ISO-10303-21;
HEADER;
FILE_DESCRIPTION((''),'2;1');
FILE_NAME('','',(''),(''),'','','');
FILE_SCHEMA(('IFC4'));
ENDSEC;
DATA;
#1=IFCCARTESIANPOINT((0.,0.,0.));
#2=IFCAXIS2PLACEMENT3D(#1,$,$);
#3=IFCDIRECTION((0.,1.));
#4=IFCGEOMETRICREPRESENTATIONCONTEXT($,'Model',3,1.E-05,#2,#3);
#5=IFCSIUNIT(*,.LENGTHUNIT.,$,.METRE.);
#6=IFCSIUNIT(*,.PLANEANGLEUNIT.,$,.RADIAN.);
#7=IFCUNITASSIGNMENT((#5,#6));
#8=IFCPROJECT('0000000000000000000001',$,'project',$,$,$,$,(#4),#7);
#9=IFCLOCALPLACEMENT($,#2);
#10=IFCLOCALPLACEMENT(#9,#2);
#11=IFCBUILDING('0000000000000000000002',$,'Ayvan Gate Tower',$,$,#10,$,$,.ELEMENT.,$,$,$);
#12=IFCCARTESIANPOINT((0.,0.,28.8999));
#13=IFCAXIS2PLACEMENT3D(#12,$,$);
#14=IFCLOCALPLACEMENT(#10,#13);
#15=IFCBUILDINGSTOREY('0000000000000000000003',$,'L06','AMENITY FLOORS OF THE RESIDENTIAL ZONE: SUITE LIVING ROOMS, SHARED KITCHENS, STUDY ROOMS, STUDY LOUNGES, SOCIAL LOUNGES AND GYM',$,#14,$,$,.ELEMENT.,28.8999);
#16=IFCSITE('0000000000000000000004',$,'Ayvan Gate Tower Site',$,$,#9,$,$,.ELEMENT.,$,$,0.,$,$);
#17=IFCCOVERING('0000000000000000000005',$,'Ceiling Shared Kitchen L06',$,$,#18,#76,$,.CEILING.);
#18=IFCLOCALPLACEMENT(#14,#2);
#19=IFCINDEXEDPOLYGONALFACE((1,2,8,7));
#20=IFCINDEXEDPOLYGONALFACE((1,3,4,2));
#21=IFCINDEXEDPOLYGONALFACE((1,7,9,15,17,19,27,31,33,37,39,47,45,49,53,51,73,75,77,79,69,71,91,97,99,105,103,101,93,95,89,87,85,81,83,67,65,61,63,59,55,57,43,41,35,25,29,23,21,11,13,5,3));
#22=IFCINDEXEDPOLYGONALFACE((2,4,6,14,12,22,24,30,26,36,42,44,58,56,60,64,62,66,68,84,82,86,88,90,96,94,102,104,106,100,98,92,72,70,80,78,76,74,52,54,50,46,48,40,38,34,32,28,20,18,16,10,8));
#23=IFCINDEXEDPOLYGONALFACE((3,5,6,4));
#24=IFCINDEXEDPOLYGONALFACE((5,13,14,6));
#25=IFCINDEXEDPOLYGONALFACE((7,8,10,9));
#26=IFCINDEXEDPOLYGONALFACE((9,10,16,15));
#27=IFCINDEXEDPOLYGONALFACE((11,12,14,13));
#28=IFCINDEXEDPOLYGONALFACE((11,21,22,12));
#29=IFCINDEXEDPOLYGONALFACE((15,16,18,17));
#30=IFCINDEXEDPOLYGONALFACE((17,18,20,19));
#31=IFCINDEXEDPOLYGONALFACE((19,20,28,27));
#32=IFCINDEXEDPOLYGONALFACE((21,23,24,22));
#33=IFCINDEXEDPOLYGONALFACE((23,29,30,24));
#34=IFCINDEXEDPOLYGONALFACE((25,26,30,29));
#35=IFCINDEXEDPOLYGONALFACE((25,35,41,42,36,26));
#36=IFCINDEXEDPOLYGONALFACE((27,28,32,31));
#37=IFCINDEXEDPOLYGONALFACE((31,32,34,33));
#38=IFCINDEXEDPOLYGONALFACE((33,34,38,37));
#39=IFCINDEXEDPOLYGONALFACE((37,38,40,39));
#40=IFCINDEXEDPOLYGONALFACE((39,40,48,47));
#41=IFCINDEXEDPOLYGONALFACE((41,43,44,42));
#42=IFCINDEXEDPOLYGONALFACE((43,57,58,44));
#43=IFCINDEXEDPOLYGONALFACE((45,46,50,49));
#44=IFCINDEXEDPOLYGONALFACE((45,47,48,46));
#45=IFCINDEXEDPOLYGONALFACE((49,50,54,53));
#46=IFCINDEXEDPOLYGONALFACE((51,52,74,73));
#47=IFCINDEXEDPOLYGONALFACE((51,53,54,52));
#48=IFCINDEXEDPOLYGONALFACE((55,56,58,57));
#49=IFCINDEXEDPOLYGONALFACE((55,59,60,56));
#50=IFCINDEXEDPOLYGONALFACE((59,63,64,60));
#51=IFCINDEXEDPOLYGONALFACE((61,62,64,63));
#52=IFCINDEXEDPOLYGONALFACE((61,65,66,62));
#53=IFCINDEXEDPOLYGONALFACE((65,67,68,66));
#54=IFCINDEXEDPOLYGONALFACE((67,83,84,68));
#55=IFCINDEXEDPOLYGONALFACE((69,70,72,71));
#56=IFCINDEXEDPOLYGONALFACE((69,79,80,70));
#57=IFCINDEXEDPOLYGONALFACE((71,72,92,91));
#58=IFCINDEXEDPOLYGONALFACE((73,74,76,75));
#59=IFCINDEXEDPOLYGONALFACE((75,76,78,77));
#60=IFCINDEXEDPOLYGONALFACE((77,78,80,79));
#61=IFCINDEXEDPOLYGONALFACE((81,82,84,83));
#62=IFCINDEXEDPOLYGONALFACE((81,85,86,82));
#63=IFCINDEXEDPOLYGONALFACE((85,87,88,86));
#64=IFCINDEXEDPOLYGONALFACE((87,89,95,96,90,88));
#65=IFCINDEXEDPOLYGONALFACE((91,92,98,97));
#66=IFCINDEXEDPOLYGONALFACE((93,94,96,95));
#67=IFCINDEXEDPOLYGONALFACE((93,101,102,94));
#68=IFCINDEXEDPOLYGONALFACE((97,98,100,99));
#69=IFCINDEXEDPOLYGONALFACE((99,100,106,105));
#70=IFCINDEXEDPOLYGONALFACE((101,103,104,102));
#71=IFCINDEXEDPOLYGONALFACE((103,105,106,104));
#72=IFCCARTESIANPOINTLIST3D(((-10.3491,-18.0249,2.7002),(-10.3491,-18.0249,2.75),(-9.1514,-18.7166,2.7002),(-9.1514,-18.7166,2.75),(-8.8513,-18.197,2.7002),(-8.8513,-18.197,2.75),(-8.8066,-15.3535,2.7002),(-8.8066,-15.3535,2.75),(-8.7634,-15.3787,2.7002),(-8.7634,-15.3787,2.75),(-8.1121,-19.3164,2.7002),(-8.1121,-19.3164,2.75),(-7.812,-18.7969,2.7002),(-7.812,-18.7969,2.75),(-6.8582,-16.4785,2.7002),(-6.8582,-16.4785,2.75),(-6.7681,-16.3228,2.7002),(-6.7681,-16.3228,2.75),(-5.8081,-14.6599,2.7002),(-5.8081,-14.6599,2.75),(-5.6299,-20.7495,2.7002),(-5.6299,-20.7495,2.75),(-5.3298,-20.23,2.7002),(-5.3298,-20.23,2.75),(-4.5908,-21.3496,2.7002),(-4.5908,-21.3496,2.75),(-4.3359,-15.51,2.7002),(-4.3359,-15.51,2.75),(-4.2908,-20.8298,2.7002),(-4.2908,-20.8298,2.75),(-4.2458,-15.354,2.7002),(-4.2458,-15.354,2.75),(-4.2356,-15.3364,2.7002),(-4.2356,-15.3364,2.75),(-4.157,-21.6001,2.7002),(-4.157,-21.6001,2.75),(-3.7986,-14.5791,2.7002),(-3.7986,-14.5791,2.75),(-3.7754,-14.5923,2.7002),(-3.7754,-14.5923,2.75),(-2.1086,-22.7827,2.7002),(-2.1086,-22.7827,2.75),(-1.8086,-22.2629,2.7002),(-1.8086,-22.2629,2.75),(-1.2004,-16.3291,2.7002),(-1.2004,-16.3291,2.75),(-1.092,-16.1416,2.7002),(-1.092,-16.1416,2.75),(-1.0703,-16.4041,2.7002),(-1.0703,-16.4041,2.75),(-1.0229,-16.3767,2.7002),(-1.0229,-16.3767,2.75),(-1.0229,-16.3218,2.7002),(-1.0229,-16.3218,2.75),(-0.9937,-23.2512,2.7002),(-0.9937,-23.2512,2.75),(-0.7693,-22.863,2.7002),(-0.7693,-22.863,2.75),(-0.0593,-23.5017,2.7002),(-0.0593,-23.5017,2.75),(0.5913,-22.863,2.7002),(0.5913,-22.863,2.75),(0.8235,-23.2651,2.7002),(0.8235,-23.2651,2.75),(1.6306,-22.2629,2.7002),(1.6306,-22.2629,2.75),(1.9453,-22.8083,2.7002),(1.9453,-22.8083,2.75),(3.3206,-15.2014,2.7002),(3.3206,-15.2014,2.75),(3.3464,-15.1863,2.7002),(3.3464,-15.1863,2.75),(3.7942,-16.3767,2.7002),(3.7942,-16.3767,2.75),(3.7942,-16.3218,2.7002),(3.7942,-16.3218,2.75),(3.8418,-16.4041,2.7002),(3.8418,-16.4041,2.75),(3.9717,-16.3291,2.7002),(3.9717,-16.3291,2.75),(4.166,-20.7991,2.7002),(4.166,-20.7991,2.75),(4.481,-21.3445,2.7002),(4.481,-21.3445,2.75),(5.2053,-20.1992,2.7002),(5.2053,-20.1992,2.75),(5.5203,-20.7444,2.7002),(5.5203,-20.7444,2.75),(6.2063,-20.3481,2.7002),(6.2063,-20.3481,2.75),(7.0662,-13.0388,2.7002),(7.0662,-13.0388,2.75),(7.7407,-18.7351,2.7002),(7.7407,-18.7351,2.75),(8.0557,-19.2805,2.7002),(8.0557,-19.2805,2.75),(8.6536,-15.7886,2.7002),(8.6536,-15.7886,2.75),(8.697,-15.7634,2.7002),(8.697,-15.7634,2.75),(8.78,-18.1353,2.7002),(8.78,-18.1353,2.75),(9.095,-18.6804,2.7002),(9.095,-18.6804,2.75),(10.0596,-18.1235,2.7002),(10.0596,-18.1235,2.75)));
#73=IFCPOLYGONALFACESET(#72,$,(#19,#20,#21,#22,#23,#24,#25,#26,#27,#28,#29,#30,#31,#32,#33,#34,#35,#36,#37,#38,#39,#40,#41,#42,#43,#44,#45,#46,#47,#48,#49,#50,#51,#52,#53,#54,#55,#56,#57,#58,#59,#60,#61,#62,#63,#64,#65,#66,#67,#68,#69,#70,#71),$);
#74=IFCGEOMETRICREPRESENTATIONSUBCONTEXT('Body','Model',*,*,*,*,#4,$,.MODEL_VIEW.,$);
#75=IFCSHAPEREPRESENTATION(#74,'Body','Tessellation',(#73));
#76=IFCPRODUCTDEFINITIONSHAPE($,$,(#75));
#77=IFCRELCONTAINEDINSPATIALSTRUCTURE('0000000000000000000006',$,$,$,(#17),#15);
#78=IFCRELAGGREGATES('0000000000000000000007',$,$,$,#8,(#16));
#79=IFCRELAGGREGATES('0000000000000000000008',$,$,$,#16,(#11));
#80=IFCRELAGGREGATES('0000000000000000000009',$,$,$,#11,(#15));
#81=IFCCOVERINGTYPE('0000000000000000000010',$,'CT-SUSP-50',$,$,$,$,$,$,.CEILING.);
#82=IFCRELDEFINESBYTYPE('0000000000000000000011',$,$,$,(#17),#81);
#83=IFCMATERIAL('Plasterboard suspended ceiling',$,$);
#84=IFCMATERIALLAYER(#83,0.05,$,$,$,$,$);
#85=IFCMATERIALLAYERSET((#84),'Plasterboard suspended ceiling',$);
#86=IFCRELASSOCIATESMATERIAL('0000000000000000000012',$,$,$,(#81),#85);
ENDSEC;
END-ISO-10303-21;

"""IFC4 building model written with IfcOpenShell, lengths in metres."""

from ifc_helpers import new_model, si_unit, direction, frame, origin, place, context, subcontext, project, spatial, polyline, outline, extrude, material, layer, layer_set, type_object, element, save


model = new_model("IFC4")

# Units and contexts
model_context = context("Model", 3, precision=1e-05, world=origin(), true_north=direction((0.0, 1.0)))
body_context = subcontext(model_context, "Body", "Model", "MODEL_VIEW")
ifc_project = project(units=[si_unit("LENGTHUNIT", "METRE"), si_unit("PLANEANGLEUNIT", "RADIAN")], contexts=[model_context])

# Site, building, storey
site_placement = place(None, origin())
site = spatial("IfcSite", under=ifc_project, at=site_placement, Name="Ayvan Gate Tower Site", CompositionType="ELEMENT", RefElevation=0.0)
building_placement = place(site_placement, origin())
building = spatial("IfcBuilding", under=site, at=building_placement, Name="Ayvan Gate Tower", CompositionType="ELEMENT")
storey_placement = place(building_placement, frame((0.0, 0.0, 28.8999)))
storey = spatial("IfcBuildingStorey", under=building, at=storey_placement, Name="L06", Description="AMENITY FLOORS OF THE RESIDENTIAL ZONE: SUITE LIVING ROOMS, SHARED KITCHENS, STUDY ROOMS, STUDY LOUNGES, SOCIAL LOUNGES AND GYM", CompositionType="ELEMENT", Elevation=28.8999)

# Covering
ifc_material_1 = material(Name="Plasterboard suspended ceiling")
ifc_layer_1 = layer(ifc_material_1, 0.05)
ifc_layer_set_1 = layer_set([ifc_layer_1], Name="Plasterboard suspended ceiling")
covering_type = type_object("IfcCoveringType", Name="CT-SUSP-50", PredefinedType="CEILING", material=ifc_layer_set_1)
covering_1_placement = place(storey_placement, frame((0.0, 0.0, 2.7002)))
element("IfcCovering", 1, at=covering_1_placement, inside=storey, type_object=covering_type, Name="Ceiling Shared Kitchen L06", PredefinedType="CEILING", context=body_context, shape_type="SweptSolid", body=[
    extrude(outline(polyline([(-6.8582, -16.4785), (-6.7681, -16.3228), (-5.8081, -14.6599), (-4.3359, -15.51), (-4.2458, -15.354), (-4.2356, -15.3364), (-3.7986, -14.5791), (-3.7754, -14.5923), (-1.092, -16.1416), (-1.2004, -16.3291), (-1.0703, -16.4041), (-1.0229, -16.3218), (-1.0229, -16.3767), (3.7942, -16.3767), (3.7942, -16.3218), (3.8418, -16.4041), (3.9717, -16.3291), (3.3206, -15.2014), (3.3464, -15.1863), (7.0662, -13.0388), (8.6536, -15.7886), (8.697, -15.7634), (10.0596, -18.1235), (9.095, -18.6804), (8.78, -18.1353), (7.7407, -18.7351), (8.0557, -19.2805), (6.2063, -20.3481), (5.5203, -20.7444), (5.2053, -20.1992), (4.166, -20.7991), (4.481, -21.3445), (1.9453, -22.8083), (1.6306, -22.2629), (0.5913, -22.863), (0.8235, -23.2651), (-0.0593, -23.5017), (-0.9937, -23.2512), (-0.7693, -22.863), (-1.8086, -22.2629), (-2.1086, -22.7827), (-4.157, -21.6001), (-4.5908, -21.3496), (-4.2908, -20.8298), (-5.3298, -20.23), (-5.6299, -20.7495), (-8.1121, -19.3164), (-7.812, -18.7969), (-8.8513, -18.197), (-9.1514, -18.7166), (-10.3491, -18.0249), (-8.8066, -15.3535), (-8.7634, -15.3787), (-6.8582, -16.4785)])), origin(), (0.0, 0.0, 1.0), 0.0498),
])

save(model, "model.ifc")
